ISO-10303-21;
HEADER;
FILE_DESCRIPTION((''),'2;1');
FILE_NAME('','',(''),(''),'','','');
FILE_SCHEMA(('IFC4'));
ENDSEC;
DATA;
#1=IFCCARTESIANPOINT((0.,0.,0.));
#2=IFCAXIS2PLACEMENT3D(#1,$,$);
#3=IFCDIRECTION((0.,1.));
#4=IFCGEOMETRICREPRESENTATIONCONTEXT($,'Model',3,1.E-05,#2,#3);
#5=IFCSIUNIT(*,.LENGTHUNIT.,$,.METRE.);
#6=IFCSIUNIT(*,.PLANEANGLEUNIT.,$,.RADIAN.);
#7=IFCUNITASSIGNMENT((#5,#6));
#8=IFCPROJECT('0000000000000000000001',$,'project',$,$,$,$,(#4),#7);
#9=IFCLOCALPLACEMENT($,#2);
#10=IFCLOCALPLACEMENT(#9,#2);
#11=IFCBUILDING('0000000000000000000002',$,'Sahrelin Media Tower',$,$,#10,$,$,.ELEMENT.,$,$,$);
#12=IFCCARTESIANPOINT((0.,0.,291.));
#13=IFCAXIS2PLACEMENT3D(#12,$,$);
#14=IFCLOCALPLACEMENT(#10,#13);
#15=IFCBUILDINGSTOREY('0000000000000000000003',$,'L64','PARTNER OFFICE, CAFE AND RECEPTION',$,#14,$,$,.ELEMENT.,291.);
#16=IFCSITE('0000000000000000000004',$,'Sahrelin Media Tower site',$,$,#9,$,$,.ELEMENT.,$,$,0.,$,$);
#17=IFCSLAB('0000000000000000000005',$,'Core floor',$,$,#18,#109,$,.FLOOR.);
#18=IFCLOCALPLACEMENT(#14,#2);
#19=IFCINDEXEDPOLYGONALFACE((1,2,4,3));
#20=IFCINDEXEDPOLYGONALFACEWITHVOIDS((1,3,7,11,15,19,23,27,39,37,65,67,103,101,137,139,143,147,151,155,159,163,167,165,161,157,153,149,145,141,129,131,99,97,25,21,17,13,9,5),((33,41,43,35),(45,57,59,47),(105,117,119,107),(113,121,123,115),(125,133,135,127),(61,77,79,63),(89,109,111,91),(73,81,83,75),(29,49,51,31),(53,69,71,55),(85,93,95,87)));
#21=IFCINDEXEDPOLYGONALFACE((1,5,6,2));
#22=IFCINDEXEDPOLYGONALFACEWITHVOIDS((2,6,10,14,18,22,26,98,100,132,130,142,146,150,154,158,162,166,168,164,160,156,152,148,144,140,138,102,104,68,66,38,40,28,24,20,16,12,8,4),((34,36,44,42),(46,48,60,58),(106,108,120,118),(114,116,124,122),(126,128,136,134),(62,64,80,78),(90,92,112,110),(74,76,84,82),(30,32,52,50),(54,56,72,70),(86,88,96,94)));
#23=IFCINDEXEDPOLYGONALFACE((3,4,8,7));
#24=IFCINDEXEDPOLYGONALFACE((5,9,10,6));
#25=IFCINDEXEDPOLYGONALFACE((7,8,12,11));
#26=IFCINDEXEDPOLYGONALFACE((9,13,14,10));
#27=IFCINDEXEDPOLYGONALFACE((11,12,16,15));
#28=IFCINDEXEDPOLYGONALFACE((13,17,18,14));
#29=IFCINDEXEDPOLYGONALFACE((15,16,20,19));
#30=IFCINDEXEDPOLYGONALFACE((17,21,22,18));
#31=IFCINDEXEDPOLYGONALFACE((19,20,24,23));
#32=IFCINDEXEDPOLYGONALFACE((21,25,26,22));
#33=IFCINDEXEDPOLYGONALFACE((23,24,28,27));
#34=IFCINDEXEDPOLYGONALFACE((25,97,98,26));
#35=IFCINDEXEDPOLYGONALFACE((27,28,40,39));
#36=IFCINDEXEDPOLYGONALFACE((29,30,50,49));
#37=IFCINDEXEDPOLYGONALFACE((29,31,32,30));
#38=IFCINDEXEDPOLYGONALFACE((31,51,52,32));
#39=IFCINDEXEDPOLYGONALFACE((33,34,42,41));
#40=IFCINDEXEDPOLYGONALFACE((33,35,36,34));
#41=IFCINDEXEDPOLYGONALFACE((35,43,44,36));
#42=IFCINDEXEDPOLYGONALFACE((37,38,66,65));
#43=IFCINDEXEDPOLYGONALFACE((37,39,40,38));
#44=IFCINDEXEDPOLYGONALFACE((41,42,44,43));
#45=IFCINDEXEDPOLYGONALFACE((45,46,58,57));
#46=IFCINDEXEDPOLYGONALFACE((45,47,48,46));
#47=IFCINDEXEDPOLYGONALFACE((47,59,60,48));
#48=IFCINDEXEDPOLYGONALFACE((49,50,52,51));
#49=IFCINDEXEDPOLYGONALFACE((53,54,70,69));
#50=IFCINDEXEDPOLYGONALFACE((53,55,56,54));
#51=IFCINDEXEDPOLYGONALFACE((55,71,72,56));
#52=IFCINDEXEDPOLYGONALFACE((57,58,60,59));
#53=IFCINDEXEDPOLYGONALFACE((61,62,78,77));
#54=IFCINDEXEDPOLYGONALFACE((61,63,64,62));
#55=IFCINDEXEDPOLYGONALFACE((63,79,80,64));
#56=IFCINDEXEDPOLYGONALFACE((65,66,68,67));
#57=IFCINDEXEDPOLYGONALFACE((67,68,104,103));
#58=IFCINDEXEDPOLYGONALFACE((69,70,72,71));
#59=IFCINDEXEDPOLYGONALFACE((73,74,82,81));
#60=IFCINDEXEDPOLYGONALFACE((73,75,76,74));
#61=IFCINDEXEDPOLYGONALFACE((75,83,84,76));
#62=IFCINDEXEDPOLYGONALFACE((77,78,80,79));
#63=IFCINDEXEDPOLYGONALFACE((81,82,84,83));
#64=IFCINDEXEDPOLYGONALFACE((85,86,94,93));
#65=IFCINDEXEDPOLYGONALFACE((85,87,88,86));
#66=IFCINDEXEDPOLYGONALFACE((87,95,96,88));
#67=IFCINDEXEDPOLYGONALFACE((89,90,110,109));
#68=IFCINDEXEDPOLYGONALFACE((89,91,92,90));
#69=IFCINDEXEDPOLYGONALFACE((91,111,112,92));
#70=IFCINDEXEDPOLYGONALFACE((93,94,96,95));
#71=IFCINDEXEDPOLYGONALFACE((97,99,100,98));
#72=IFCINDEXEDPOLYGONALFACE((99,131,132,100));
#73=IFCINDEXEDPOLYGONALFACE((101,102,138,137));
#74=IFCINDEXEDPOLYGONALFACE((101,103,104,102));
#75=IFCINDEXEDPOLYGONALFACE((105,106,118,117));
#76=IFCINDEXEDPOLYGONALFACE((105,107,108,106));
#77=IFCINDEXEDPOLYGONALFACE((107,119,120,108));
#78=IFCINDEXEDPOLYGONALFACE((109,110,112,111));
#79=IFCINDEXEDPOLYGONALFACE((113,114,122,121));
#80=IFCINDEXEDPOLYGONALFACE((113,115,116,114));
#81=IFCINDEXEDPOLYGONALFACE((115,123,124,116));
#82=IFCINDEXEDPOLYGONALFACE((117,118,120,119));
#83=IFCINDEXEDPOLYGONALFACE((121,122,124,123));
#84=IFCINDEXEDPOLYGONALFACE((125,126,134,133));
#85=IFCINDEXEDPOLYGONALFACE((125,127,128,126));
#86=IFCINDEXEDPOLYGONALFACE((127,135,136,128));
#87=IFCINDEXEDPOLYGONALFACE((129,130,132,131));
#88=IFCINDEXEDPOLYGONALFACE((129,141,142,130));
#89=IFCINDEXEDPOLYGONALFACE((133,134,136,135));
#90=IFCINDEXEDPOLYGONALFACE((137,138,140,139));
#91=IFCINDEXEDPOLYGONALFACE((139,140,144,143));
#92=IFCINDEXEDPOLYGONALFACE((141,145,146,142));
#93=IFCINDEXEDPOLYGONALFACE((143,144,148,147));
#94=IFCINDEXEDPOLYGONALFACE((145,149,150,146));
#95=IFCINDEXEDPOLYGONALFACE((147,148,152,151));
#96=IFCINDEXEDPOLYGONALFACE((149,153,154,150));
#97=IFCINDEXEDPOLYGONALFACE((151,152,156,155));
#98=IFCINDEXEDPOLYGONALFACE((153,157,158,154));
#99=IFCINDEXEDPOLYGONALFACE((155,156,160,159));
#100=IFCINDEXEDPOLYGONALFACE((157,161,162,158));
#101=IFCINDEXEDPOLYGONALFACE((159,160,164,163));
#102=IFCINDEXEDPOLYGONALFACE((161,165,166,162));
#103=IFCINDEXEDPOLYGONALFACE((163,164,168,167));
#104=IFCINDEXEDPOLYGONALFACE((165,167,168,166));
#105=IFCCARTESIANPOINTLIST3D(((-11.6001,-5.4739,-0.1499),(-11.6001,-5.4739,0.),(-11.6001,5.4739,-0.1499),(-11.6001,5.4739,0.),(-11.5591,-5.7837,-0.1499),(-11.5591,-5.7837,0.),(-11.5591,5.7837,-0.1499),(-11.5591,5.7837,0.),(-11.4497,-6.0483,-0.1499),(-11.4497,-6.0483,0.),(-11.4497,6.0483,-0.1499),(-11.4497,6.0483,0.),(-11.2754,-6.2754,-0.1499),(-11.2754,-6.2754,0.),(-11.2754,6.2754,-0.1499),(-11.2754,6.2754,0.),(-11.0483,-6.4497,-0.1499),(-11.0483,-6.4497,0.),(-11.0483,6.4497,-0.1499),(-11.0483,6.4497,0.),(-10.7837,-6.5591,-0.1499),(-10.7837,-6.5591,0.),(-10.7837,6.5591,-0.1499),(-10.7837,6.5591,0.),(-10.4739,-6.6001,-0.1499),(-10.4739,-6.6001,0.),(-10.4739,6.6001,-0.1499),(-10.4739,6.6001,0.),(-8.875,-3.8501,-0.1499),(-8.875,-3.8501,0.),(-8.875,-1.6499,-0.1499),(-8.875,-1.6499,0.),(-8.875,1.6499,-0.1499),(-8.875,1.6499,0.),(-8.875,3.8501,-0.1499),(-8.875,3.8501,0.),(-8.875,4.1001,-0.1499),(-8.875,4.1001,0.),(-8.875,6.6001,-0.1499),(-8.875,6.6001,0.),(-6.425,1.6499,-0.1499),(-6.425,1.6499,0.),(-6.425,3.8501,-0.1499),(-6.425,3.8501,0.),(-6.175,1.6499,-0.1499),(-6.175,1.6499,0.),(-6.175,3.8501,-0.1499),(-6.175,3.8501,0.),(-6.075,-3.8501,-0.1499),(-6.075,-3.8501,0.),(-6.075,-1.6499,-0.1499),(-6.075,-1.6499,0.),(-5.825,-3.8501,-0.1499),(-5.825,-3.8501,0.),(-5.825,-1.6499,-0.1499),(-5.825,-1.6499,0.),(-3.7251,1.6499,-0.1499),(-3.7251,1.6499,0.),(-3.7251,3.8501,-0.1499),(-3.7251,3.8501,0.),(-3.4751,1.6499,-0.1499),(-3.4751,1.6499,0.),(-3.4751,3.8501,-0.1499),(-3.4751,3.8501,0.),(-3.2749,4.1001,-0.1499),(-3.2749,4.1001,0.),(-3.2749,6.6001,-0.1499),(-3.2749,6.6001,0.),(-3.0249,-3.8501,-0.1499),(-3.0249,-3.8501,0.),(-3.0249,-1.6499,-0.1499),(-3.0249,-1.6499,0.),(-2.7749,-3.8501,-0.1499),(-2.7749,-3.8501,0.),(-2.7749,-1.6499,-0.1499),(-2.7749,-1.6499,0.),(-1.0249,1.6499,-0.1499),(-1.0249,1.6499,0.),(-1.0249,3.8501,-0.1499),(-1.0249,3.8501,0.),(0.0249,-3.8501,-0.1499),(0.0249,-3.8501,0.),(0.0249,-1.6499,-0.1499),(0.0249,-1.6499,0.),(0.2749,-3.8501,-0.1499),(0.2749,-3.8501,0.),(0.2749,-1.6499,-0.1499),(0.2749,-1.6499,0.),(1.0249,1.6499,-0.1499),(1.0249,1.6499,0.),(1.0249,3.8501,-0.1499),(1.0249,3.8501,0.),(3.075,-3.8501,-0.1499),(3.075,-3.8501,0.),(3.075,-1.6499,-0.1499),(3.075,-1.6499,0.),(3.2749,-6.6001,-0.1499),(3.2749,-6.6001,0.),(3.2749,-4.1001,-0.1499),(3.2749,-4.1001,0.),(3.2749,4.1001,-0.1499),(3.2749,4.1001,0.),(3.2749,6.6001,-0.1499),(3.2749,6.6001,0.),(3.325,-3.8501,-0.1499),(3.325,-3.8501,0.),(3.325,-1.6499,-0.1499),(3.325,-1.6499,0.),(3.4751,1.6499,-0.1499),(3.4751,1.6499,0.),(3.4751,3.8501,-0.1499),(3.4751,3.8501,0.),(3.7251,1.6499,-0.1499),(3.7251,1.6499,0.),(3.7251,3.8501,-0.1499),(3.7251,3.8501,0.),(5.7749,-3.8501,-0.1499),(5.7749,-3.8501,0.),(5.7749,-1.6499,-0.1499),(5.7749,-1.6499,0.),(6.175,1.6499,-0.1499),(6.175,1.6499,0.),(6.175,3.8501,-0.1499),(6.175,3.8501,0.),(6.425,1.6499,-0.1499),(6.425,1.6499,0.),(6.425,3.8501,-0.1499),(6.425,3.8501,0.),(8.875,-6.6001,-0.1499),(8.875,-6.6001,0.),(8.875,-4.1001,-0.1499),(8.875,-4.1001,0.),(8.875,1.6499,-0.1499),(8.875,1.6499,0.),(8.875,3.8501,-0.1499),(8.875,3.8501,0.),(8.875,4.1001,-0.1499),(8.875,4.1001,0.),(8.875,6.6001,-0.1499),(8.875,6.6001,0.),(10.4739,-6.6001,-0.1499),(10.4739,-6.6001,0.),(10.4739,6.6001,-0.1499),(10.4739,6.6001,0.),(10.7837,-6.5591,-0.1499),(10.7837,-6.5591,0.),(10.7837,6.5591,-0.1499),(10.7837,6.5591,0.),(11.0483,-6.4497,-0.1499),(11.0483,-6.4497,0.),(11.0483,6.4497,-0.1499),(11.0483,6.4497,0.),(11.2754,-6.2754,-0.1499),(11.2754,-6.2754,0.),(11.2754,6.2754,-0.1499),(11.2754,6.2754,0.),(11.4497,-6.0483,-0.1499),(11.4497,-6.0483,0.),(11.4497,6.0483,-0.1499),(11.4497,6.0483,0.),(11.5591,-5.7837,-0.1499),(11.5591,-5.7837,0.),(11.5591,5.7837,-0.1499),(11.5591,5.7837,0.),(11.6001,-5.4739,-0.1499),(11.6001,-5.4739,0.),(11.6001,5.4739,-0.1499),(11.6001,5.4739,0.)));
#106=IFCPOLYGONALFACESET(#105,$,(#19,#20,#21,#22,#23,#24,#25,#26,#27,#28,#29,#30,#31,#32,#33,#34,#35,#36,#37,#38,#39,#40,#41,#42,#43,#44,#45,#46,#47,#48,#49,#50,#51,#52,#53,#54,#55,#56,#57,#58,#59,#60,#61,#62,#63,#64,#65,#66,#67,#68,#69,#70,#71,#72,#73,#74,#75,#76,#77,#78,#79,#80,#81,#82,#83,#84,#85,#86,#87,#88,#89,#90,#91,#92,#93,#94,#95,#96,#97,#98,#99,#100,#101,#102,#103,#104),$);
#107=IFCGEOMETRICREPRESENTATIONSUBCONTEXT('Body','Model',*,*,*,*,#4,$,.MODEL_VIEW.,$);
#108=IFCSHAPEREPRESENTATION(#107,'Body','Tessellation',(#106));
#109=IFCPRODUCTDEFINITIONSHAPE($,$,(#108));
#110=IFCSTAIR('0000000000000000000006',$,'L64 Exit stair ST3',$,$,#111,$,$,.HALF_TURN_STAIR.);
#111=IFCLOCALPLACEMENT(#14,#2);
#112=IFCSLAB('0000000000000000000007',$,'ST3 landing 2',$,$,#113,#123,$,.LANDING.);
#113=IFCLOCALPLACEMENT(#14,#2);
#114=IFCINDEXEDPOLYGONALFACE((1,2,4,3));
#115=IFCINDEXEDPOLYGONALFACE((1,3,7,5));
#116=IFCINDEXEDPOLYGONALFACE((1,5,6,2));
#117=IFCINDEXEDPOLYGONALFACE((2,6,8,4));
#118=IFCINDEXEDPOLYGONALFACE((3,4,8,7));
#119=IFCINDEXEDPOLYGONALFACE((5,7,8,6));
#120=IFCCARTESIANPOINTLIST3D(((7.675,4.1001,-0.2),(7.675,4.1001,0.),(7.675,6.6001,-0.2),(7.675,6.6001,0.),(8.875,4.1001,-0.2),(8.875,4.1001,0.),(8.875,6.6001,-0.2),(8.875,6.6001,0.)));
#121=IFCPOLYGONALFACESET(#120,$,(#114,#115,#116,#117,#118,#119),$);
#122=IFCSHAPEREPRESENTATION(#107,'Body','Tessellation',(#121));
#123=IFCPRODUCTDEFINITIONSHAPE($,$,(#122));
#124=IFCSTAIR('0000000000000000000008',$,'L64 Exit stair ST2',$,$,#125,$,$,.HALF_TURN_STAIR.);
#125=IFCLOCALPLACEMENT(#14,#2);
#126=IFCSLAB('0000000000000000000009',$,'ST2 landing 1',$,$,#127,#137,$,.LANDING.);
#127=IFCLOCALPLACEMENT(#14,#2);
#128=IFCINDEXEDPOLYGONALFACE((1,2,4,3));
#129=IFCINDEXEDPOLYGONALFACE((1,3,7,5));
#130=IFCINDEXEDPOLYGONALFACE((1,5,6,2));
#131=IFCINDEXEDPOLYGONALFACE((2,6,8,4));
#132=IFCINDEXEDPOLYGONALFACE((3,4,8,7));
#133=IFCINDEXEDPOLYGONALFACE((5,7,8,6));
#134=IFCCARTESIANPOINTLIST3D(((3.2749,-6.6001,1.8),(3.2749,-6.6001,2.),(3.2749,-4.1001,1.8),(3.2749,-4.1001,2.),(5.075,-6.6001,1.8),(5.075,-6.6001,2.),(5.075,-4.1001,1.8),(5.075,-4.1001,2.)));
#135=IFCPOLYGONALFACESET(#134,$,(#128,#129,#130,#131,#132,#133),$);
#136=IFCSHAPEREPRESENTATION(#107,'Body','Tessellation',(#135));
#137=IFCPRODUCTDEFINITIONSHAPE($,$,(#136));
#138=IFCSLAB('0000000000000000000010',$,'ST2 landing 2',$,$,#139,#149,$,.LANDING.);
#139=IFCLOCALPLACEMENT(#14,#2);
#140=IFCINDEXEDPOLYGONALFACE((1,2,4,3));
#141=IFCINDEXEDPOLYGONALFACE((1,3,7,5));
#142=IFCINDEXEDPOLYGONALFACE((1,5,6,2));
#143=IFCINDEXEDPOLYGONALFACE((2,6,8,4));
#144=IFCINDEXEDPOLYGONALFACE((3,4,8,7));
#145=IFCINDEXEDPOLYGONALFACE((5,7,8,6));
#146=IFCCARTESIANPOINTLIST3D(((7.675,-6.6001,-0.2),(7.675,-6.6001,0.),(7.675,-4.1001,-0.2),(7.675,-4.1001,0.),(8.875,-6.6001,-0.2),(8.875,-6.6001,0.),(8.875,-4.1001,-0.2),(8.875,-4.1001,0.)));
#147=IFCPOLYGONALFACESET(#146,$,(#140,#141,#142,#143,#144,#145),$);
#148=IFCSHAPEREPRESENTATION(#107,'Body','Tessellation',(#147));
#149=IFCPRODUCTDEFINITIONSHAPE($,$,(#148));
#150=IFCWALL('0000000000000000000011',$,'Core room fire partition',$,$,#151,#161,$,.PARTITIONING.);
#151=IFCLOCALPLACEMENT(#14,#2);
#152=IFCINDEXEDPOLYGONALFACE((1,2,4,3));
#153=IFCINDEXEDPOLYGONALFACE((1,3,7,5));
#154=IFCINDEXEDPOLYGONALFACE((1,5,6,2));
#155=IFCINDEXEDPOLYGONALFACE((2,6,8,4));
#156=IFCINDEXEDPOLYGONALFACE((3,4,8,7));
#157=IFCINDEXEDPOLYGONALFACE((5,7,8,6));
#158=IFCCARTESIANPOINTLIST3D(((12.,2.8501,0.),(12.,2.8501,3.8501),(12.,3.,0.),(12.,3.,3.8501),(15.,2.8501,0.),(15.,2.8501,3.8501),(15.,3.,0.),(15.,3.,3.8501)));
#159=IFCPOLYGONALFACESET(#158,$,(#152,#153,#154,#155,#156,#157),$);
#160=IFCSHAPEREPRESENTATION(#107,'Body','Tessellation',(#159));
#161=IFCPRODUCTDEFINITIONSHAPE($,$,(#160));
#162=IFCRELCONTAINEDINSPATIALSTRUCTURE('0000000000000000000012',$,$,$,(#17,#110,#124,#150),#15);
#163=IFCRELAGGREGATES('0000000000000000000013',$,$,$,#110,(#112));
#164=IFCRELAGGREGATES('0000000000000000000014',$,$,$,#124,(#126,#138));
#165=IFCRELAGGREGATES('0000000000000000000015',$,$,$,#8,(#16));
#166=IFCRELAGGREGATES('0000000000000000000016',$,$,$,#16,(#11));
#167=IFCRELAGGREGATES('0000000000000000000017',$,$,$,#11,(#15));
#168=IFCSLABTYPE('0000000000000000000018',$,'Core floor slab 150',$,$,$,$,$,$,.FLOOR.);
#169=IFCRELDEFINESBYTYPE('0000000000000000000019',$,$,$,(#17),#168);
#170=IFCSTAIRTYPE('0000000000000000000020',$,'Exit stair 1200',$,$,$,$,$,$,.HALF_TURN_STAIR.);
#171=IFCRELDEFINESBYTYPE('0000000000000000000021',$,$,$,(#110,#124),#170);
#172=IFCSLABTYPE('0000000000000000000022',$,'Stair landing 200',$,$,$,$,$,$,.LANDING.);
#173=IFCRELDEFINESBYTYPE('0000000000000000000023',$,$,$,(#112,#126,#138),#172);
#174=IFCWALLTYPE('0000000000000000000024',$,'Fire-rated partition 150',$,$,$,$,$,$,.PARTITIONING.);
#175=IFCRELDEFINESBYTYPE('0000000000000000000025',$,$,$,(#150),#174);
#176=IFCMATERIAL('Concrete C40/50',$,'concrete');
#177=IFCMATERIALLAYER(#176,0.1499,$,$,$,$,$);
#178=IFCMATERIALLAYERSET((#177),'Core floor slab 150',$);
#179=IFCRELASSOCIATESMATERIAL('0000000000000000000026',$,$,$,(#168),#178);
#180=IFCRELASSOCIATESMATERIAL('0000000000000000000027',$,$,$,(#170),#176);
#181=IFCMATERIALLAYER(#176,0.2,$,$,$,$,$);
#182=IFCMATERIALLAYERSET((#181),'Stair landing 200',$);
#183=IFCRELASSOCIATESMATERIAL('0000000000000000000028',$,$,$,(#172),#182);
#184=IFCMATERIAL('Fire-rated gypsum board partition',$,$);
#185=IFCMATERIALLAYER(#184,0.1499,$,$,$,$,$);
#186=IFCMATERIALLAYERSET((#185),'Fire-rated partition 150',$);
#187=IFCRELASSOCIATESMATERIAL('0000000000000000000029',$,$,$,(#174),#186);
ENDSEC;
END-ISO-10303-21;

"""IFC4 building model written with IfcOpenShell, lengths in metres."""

from ifc_helpers import new_model, si_unit, direction, frame, frame_2d, origin, place, context, subcontext, project, spatial, polyline, rectangle, outline, extrude, material, layer, layer_set, type_object, element, aggregate, save


model = new_model("IFC4")

# Units and contexts
model_context = context("Model", 3, precision=1e-05, world=origin(), true_north=direction((0.0, 1.0)))
body_context = subcontext(model_context, "Body", "Model", "MODEL_VIEW")
ifc_project = project(units=[si_unit("LENGTHUNIT", "METRE"), si_unit("PLANEANGLEUNIT", "RADIAN")], contexts=[model_context])

# Site, building, storey
site_placement = place(None, origin())
site = spatial("IfcSite", under=ifc_project, at=site_placement, Name="Sahrelin Media Tower site", CompositionType="ELEMENT", RefElevation=0.0)
building_placement = place(site_placement, origin())
building = spatial("IfcBuilding", under=site, at=building_placement, Name="Sahrelin Media Tower", CompositionType="ELEMENT")
storey_placement = place(building_placement, frame((0.0, 0.0, 291.0)))
storey = spatial("IfcBuildingStorey", under=building, at=storey_placement, Name="L64", Description="PARTNER OFFICE, CAFE AND RECEPTION", CompositionType="ELEMENT", Elevation=291.0)

# Slab
ifc_material_1 = material(Name="Concrete C40/50", Category="concrete")
ifc_layer_1 = layer(ifc_material_1, 0.1499)
ifc_layer_set_1 = layer_set([ifc_layer_1], Name="Core floor slab 150")
slab_type_1 = type_object("IfcSlabType", Name="Core floor slab 150", PredefinedType="FLOOR", material=ifc_layer_set_1)
slab_1_placement = place(storey_placement, frame((0.0, 0.0, -0.1499)))
element("IfcSlab", 1, at=slab_1_placement, inside=storey, type_object=slab_type_1, Name="Core floor", PredefinedType="FLOOR", context=body_context, shape_type="SweptSolid", body=[
    extrude(outline(polyline([(-11.6001, -5.4739), (-11.5591, -5.7837), (-11.4497, -6.0483), (-11.2754, -6.2754), (-11.0483, -6.4497), (-10.7837, -6.5591), (-10.4739, -6.6001), (3.2749, -6.6001), (3.2749, -4.1001), (8.875, -4.1001), (8.875, -6.6001), (10.4739, -6.6001), (10.7837, -6.5591), (11.0483, -6.4497), (11.2754, -6.2754), (11.4497, -6.0483), (11.5591, -5.7837), (11.6001, -5.4739), (11.6001, 5.4739), (11.5591, 5.7837), (11.4497, 6.0483), (11.2754, 6.2754), (11.0483, 6.4497), (10.7837, 6.5591), (10.4739, 6.6001), (8.875, 6.6001), (8.875, 4.1001), (3.2749, 4.1001), (3.2749, 6.6001), (-3.2749, 6.6001), (-3.2749, 4.1001), (-8.875, 4.1001), (-8.875, 6.6001), (-10.4739, 6.6001), (-10.7837, 6.5591), (-11.0483, 6.4497), (-11.2754, 6.2754), (-11.4497, 6.0483), (-11.5591, 5.7837), (-11.6001, 5.4739), (-11.6001, -5.4739)]), holes=[polyline([(-8.875, 3.8501), (-8.875, 1.6499), (-6.425, 1.6499), (-6.425, 3.8501), (-8.875, 3.8501)]), polyline([(-3.7251, 3.8501), (-6.175, 3.8501), (-6.175, 1.6499), (-3.7251, 1.6499), (-3.7251, 3.8501)]), polyline([(-1.0249, 1.6499), (-1.0249, 3.8501), (-3.4751, 3.8501), (-3.4751, 1.6499), (-1.0249, 1.6499)]), polyline([(1.0249, 1.6499), (3.4751, 1.6499), (3.4751, 3.8501), (1.0249, 3.8501), (1.0249, 1.6499)]), polyline([(3.7251, 3.8501), (3.7251, 1.6499), (6.175, 1.6499), (6.175, 3.8501), (3.7251, 3.8501)]), polyline([(8.875, 3.8501), (6.425, 3.8501), (6.425, 1.6499), (8.875, 1.6499), (8.875, 3.8501)]), polyline([(-6.075, -3.8501), (-6.075, -1.6499), (-8.875, -1.6499), (-8.875, -3.8501), (-6.075, -3.8501)]), polyline([(-5.825, -3.8501), (-3.0249, -3.8501), (-3.0249, -1.6499), (-5.825, -1.6499), (-5.825, -3.8501)]), polyline([(-2.7749, -1.6499), (-2.7749, -3.8501), (0.0249, -3.8501), (0.0249, -1.6499), (-2.7749, -1.6499)]), polyline([(3.075, -1.6499), (0.2749, -1.6499), (0.2749, -3.8501), (3.075, -3.8501), (3.075, -1.6499)]), polyline([(5.7749, -3.8501), (5.7749, -1.6499), (3.325, -1.6499), (3.325, -3.8501), (5.7749, -3.8501)])]), origin(), (0.0, 0.0, 1.0), 0.1499),
])

# Stair, slab
stair_type = type_object("IfcStairType", Name="Exit stair 1200", PredefinedType="HALF_TURN_STAIR", material=ifc_material_1)
placement_1 = place(storey_placement, origin())
stair_1 = element("IfcStair", 2, at=placement_1, inside=storey, type_object=stair_type, Name="L64 Exit stair ST3", PredefinedType="HALF_TURN_STAIR")
ifc_layer_2 = layer(ifc_material_1, 0.2)
ifc_layer_set_2 = layer_set([ifc_layer_2], Name="Stair landing 200")
slab_type_2 = type_object("IfcSlabType", Name="Stair landing 200", PredefinedType="LANDING", material=ifc_layer_set_2)
placement_2 = place(storey_placement, frame((0.0, 0.0, -0.2)))
slab_2 = element("IfcSlab", 3, at=placement_2, type_object=slab_type_2, Name="ST3 landing 2", PredefinedType="LANDING", context=body_context, shape_type="SweptSolid", body=[
    extrude(outline(polyline([(8.875, 6.6001), (7.675, 6.6001), (7.675, 4.1001), (8.875, 4.1001), (8.875, 6.6001)])), origin(), (0.0, 0.0, 1.0), 0.2),
])
aggregate(stair_1, [slab_2])

# Stair, slabs
stair_2 = element("IfcStair", 4, at=placement_1, inside=storey, type_object=stair_type, Name="L64 Exit stair ST2", PredefinedType="HALF_TURN_STAIR")
slab_3_placement = place(storey_placement, frame((0.0, 0.0, 1.8)))
slab_3 = element("IfcSlab", 5, at=slab_3_placement, type_object=slab_type_2, Name="ST2 landing 1", PredefinedType="LANDING", context=body_context, shape_type="SweptSolid", body=[
    extrude(outline(polyline([(5.075, -4.1001), (3.2749, -4.1001), (3.2749, -6.6001), (5.075, -6.6001), (5.075, -4.1001)])), origin(), (0.0, 0.0, 1.0), 0.2),
])
slab_4 = element("IfcSlab", 6, at=placement_2, type_object=slab_type_2, Name="ST2 landing 2", PredefinedType="LANDING", context=body_context, shape_type="SweptSolid", body=[
    extrude(outline(polyline([(8.875, -4.1001), (7.675, -4.1001), (7.675, -6.6001), (8.875, -6.6001), (8.875, -4.1001)])), origin(), (0.0, 0.0, 1.0), 0.2),
])
aggregate(stair_2, [slab_3, slab_4])

# Wall
ifc_material_2 = material(Name="Fire-rated gypsum board partition")
ifc_layer_3 = layer(ifc_material_2, 0.1499)
ifc_layer_set_3 = layer_set([ifc_layer_3], Name="Fire-rated partition 150")
wall_type_1 = type_object("IfcWallType", Name="Fire-rated partition 150", PredefinedType="PARTITIONING", material=ifc_layer_set_3)
wall_1_placement = place(storey_placement, frame((12.0, 2.925, 0.0), z_axis=(0.0, 0.0, 1.0), x_axis=(1.0, 0.0, 0.0)))
element("IfcWall", 7, at=wall_1_placement, inside=storey, type_object=wall_type_1, Name="Core room fire partition", PredefinedType="PARTITIONING", context=body_context, shape_type="SweptSolid", body=[
    extrude(rectangle(XDim=3.0, YDim=0.1499, at=frame_2d((1.5, 0.0))), origin(), (0.0, 0.0, 1.0), 3.8501),
])

save(model, "model.ifc")
